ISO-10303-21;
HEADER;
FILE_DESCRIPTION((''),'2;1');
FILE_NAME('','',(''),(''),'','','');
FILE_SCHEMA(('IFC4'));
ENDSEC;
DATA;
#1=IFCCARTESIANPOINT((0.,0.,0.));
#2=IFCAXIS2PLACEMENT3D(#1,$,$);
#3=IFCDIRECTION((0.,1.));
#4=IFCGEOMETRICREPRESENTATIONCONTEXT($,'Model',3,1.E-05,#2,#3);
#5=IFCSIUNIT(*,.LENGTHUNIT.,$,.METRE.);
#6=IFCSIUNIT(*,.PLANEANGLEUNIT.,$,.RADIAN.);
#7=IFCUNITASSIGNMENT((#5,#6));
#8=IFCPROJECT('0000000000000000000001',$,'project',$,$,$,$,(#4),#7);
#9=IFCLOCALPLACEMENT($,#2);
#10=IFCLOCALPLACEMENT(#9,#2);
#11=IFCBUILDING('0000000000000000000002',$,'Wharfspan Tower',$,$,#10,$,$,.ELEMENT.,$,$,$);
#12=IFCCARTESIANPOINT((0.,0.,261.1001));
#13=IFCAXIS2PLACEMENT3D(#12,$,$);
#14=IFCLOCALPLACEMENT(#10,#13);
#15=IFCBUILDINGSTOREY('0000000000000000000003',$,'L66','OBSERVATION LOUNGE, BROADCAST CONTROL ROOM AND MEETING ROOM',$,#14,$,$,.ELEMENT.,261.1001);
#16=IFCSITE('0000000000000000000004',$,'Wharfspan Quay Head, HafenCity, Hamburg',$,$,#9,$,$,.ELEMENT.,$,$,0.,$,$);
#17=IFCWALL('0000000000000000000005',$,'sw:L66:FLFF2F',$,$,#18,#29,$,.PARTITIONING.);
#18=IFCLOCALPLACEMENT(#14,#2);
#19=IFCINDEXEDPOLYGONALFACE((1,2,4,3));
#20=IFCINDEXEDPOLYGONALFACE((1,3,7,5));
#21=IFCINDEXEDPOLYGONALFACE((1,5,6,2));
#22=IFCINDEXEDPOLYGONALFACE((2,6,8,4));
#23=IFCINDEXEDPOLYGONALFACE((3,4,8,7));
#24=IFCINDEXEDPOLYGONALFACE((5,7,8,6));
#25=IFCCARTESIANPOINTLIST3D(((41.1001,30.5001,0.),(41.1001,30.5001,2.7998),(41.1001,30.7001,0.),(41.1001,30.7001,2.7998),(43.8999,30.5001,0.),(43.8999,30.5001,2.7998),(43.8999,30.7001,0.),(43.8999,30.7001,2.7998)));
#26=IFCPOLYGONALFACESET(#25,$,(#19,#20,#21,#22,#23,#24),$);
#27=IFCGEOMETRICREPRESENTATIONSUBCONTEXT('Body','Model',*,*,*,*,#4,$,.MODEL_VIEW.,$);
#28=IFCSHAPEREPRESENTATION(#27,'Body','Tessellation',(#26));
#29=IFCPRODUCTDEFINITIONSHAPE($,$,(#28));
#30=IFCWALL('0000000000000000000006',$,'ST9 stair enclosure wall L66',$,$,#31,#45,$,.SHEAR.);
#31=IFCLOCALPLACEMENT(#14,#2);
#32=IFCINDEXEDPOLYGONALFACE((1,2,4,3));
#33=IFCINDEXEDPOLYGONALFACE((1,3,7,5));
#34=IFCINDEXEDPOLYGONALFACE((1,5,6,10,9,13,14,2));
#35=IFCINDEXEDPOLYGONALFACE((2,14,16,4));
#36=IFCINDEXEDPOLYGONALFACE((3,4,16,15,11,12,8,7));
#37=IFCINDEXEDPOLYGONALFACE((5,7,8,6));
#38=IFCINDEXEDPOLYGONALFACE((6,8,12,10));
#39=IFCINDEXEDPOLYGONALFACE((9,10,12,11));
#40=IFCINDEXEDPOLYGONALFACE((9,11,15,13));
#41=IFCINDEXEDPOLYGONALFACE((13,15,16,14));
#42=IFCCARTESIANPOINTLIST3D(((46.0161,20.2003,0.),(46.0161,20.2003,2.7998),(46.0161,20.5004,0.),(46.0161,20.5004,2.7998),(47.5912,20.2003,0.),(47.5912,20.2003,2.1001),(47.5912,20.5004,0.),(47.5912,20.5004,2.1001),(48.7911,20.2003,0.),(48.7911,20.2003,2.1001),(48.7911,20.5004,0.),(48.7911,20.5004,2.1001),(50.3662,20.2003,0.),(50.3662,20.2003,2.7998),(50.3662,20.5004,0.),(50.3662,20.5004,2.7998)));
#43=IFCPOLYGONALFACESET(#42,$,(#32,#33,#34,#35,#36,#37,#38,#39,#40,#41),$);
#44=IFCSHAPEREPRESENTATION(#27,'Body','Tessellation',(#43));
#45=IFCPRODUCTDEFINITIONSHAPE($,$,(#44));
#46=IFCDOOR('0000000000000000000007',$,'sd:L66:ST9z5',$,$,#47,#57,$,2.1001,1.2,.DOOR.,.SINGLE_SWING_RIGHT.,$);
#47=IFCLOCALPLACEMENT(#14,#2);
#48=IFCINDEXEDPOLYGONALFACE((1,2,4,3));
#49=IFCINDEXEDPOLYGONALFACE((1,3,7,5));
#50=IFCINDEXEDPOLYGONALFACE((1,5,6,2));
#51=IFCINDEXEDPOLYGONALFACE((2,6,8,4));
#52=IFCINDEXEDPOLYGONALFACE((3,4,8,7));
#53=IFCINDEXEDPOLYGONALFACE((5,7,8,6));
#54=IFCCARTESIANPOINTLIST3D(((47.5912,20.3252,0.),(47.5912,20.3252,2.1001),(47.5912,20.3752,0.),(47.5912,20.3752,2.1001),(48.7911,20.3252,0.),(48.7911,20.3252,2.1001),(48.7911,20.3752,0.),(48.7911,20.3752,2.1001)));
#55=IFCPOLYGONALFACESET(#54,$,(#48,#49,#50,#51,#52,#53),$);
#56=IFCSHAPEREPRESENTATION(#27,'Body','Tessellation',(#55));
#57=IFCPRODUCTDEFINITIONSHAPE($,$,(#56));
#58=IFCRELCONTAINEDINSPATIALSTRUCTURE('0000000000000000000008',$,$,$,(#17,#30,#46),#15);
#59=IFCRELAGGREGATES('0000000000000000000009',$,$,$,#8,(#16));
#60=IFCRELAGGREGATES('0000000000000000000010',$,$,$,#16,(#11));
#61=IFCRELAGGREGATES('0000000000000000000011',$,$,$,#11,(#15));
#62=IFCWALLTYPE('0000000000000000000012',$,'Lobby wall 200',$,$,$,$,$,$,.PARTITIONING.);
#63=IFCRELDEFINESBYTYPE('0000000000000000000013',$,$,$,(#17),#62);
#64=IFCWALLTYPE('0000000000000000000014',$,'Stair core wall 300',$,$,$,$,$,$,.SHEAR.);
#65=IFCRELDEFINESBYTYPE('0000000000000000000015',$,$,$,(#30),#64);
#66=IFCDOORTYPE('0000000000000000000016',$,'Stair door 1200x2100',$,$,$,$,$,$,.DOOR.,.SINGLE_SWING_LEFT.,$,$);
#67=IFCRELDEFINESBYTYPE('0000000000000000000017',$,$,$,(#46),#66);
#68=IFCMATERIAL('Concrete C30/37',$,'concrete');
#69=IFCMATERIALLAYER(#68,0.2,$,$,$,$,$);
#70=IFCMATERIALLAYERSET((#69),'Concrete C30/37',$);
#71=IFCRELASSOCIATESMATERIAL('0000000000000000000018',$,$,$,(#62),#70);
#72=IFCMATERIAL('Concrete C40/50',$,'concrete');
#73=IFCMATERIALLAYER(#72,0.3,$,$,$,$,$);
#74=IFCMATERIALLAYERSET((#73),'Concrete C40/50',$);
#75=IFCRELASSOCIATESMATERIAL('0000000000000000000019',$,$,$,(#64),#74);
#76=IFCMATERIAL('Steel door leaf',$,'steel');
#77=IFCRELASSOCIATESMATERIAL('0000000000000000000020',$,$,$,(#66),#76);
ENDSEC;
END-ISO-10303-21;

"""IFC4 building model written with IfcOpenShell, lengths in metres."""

from ifc_helpers import new_model, si_unit, direction, frame, frame_2d, origin, place, context, subcontext, project, spatial, rectangle, extrude, material, layer, layer_set, type_object, element, fill, save


model = new_model("IFC4")

# Units and contexts
model_context = context("Model", 3, precision=1e-05, world=origin(), true_north=direction((0.0, 1.0)))
body_context = subcontext(model_context, "Body", "Model", "MODEL_VIEW")
ifc_project = project(units=[si_unit("LENGTHUNIT", "METRE"), si_unit("PLANEANGLEUNIT", "RADIAN")], contexts=[model_context])

# Site, building, storey
site_placement = place(None, origin())
site = spatial("IfcSite", under=ifc_project, at=site_placement, Name="Wharfspan Quay Head, HafenCity, Hamburg", CompositionType="ELEMENT", RefElevation=0.0)
building_placement = place(site_placement, origin())
building = spatial("IfcBuilding", under=site, at=building_placement, Name="Wharfspan Tower", CompositionType="ELEMENT")
storey_placement = place(building_placement, frame((0.0, 0.0, 261.1001)))
storey = spatial("IfcBuildingStorey", under=building, at=storey_placement, Name="L66", Description="OBSERVATION LOUNGE, BROADCAST CONTROL ROOM AND MEETING ROOM", CompositionType="ELEMENT", Elevation=261.1001)

# Shared definitions
ifc_material_1 = material(Name="Steel door leaf", Category="steel")

# Shared definitions
ifc_material_2 = material(Name="Concrete C30/37", Category="concrete")
ifc_layer_1 = layer(ifc_material_2, 0.2)
ifc_layer_set_1 = layer_set([ifc_layer_1], Name="Concrete C30/37")
wall_type_1 = type_object("IfcWallType", Name="Lobby wall 200", PredefinedType="PARTITIONING", material=ifc_layer_set_1)

# Wall
wall_1_placement = place(storey_placement, frame((41.1001, 30.6001, 0.0), z_axis=(0.0, 0.0, 1.0), x_axis=(1.0, 0.0, 0.0)))
element("IfcWall", 1, at=wall_1_placement, inside=storey, type_object=wall_type_1, Name="sw:L66:FLFF2F", PredefinedType="PARTITIONING", context=body_context, shape_type="SweptSolid", body=[
    extrude(rectangle(XDim=2.7998, YDim=0.2, at=frame_2d((1.3999, 0.0))), origin(), (0.0, 0.0, 1.0), 2.7998),
])

# Wall, opening, door
ifc_material_3 = material(Name="Concrete C40/50", Category="concrete")
ifc_layer_2 = layer(ifc_material_3, 0.3)
ifc_layer_set_2 = layer_set([ifc_layer_2], Name="Concrete C40/50")
wall_type_2 = type_object("IfcWallType", Name="Stair core wall 300", PredefinedType="SHEAR", material=ifc_layer_set_2)
wall_2_placement = place(storey_placement, frame((46.0161, 20.3503, 0.0), z_axis=(0.0, 0.0, 1.0), x_axis=(1.0, 0.0, 0.0)))
wall_2 = element("IfcWall", 2, at=wall_2_placement, inside=storey, type_object=wall_type_2, Name="ST9 stair enclosure wall L66", PredefinedType="SHEAR", context=body_context, shape_type="SweptSolid", body=[
    extrude(rectangle(XDim=4.3501, YDim=0.3, at=frame_2d((2.175, 0.0))), origin(), (0.0, 0.0, 1.0), 2.7998),
])
opening_1_placement = place(wall_2_placement, frame((1.575, 0.0, 0.0)))
opening_1 = element("IfcOpeningElement", 3, at=opening_1_placement, cuts=wall_2, PredefinedType="OPENING", context=body_context, shape_type="SweptSolid", body=[
    extrude(rectangle(XDim=1.2, YDim=2.1001, at=frame_2d((0.6001, 1.05))), frame((0.0, 0.1599, 0.0), z_axis=(0.0, -1.0, 0.0), x_axis=(1.0, 0.0, 0.0)), (0.0, 0.0, 1.0), 0.3201),
])
door_type_1 = type_object("IfcDoorType", Name="Stair door 1200x2100", OperationType="SINGLE_SWING_LEFT", PredefinedType="DOOR", material=ifc_material_1)
door_1_placement = place(opening_1_placement, origin())
door_1 = element("IfcDoor", 4, at=door_1_placement, inside=storey, type_object=door_type_1, Name="sd:L66:ST9z5", OperationType="SINGLE_SWING_RIGHT", OverallHeight=2.1001, OverallWidth=1.2, PredefinedType="DOOR", context=body_context, shape_type="SweptSolid", body=[
    extrude(rectangle(XDim=1.2, YDim=2.1001, at=frame_2d((0.6001, 1.05))), frame((0.0, 0.0249, 0.0), z_axis=(0.0, -1.0, 0.0), x_axis=(1.0, 0.0, 0.0)), (0.0, 0.0, 1.0), 0.05),
])
fill(opening_1, door_1)

save(model, "model.ifc")
